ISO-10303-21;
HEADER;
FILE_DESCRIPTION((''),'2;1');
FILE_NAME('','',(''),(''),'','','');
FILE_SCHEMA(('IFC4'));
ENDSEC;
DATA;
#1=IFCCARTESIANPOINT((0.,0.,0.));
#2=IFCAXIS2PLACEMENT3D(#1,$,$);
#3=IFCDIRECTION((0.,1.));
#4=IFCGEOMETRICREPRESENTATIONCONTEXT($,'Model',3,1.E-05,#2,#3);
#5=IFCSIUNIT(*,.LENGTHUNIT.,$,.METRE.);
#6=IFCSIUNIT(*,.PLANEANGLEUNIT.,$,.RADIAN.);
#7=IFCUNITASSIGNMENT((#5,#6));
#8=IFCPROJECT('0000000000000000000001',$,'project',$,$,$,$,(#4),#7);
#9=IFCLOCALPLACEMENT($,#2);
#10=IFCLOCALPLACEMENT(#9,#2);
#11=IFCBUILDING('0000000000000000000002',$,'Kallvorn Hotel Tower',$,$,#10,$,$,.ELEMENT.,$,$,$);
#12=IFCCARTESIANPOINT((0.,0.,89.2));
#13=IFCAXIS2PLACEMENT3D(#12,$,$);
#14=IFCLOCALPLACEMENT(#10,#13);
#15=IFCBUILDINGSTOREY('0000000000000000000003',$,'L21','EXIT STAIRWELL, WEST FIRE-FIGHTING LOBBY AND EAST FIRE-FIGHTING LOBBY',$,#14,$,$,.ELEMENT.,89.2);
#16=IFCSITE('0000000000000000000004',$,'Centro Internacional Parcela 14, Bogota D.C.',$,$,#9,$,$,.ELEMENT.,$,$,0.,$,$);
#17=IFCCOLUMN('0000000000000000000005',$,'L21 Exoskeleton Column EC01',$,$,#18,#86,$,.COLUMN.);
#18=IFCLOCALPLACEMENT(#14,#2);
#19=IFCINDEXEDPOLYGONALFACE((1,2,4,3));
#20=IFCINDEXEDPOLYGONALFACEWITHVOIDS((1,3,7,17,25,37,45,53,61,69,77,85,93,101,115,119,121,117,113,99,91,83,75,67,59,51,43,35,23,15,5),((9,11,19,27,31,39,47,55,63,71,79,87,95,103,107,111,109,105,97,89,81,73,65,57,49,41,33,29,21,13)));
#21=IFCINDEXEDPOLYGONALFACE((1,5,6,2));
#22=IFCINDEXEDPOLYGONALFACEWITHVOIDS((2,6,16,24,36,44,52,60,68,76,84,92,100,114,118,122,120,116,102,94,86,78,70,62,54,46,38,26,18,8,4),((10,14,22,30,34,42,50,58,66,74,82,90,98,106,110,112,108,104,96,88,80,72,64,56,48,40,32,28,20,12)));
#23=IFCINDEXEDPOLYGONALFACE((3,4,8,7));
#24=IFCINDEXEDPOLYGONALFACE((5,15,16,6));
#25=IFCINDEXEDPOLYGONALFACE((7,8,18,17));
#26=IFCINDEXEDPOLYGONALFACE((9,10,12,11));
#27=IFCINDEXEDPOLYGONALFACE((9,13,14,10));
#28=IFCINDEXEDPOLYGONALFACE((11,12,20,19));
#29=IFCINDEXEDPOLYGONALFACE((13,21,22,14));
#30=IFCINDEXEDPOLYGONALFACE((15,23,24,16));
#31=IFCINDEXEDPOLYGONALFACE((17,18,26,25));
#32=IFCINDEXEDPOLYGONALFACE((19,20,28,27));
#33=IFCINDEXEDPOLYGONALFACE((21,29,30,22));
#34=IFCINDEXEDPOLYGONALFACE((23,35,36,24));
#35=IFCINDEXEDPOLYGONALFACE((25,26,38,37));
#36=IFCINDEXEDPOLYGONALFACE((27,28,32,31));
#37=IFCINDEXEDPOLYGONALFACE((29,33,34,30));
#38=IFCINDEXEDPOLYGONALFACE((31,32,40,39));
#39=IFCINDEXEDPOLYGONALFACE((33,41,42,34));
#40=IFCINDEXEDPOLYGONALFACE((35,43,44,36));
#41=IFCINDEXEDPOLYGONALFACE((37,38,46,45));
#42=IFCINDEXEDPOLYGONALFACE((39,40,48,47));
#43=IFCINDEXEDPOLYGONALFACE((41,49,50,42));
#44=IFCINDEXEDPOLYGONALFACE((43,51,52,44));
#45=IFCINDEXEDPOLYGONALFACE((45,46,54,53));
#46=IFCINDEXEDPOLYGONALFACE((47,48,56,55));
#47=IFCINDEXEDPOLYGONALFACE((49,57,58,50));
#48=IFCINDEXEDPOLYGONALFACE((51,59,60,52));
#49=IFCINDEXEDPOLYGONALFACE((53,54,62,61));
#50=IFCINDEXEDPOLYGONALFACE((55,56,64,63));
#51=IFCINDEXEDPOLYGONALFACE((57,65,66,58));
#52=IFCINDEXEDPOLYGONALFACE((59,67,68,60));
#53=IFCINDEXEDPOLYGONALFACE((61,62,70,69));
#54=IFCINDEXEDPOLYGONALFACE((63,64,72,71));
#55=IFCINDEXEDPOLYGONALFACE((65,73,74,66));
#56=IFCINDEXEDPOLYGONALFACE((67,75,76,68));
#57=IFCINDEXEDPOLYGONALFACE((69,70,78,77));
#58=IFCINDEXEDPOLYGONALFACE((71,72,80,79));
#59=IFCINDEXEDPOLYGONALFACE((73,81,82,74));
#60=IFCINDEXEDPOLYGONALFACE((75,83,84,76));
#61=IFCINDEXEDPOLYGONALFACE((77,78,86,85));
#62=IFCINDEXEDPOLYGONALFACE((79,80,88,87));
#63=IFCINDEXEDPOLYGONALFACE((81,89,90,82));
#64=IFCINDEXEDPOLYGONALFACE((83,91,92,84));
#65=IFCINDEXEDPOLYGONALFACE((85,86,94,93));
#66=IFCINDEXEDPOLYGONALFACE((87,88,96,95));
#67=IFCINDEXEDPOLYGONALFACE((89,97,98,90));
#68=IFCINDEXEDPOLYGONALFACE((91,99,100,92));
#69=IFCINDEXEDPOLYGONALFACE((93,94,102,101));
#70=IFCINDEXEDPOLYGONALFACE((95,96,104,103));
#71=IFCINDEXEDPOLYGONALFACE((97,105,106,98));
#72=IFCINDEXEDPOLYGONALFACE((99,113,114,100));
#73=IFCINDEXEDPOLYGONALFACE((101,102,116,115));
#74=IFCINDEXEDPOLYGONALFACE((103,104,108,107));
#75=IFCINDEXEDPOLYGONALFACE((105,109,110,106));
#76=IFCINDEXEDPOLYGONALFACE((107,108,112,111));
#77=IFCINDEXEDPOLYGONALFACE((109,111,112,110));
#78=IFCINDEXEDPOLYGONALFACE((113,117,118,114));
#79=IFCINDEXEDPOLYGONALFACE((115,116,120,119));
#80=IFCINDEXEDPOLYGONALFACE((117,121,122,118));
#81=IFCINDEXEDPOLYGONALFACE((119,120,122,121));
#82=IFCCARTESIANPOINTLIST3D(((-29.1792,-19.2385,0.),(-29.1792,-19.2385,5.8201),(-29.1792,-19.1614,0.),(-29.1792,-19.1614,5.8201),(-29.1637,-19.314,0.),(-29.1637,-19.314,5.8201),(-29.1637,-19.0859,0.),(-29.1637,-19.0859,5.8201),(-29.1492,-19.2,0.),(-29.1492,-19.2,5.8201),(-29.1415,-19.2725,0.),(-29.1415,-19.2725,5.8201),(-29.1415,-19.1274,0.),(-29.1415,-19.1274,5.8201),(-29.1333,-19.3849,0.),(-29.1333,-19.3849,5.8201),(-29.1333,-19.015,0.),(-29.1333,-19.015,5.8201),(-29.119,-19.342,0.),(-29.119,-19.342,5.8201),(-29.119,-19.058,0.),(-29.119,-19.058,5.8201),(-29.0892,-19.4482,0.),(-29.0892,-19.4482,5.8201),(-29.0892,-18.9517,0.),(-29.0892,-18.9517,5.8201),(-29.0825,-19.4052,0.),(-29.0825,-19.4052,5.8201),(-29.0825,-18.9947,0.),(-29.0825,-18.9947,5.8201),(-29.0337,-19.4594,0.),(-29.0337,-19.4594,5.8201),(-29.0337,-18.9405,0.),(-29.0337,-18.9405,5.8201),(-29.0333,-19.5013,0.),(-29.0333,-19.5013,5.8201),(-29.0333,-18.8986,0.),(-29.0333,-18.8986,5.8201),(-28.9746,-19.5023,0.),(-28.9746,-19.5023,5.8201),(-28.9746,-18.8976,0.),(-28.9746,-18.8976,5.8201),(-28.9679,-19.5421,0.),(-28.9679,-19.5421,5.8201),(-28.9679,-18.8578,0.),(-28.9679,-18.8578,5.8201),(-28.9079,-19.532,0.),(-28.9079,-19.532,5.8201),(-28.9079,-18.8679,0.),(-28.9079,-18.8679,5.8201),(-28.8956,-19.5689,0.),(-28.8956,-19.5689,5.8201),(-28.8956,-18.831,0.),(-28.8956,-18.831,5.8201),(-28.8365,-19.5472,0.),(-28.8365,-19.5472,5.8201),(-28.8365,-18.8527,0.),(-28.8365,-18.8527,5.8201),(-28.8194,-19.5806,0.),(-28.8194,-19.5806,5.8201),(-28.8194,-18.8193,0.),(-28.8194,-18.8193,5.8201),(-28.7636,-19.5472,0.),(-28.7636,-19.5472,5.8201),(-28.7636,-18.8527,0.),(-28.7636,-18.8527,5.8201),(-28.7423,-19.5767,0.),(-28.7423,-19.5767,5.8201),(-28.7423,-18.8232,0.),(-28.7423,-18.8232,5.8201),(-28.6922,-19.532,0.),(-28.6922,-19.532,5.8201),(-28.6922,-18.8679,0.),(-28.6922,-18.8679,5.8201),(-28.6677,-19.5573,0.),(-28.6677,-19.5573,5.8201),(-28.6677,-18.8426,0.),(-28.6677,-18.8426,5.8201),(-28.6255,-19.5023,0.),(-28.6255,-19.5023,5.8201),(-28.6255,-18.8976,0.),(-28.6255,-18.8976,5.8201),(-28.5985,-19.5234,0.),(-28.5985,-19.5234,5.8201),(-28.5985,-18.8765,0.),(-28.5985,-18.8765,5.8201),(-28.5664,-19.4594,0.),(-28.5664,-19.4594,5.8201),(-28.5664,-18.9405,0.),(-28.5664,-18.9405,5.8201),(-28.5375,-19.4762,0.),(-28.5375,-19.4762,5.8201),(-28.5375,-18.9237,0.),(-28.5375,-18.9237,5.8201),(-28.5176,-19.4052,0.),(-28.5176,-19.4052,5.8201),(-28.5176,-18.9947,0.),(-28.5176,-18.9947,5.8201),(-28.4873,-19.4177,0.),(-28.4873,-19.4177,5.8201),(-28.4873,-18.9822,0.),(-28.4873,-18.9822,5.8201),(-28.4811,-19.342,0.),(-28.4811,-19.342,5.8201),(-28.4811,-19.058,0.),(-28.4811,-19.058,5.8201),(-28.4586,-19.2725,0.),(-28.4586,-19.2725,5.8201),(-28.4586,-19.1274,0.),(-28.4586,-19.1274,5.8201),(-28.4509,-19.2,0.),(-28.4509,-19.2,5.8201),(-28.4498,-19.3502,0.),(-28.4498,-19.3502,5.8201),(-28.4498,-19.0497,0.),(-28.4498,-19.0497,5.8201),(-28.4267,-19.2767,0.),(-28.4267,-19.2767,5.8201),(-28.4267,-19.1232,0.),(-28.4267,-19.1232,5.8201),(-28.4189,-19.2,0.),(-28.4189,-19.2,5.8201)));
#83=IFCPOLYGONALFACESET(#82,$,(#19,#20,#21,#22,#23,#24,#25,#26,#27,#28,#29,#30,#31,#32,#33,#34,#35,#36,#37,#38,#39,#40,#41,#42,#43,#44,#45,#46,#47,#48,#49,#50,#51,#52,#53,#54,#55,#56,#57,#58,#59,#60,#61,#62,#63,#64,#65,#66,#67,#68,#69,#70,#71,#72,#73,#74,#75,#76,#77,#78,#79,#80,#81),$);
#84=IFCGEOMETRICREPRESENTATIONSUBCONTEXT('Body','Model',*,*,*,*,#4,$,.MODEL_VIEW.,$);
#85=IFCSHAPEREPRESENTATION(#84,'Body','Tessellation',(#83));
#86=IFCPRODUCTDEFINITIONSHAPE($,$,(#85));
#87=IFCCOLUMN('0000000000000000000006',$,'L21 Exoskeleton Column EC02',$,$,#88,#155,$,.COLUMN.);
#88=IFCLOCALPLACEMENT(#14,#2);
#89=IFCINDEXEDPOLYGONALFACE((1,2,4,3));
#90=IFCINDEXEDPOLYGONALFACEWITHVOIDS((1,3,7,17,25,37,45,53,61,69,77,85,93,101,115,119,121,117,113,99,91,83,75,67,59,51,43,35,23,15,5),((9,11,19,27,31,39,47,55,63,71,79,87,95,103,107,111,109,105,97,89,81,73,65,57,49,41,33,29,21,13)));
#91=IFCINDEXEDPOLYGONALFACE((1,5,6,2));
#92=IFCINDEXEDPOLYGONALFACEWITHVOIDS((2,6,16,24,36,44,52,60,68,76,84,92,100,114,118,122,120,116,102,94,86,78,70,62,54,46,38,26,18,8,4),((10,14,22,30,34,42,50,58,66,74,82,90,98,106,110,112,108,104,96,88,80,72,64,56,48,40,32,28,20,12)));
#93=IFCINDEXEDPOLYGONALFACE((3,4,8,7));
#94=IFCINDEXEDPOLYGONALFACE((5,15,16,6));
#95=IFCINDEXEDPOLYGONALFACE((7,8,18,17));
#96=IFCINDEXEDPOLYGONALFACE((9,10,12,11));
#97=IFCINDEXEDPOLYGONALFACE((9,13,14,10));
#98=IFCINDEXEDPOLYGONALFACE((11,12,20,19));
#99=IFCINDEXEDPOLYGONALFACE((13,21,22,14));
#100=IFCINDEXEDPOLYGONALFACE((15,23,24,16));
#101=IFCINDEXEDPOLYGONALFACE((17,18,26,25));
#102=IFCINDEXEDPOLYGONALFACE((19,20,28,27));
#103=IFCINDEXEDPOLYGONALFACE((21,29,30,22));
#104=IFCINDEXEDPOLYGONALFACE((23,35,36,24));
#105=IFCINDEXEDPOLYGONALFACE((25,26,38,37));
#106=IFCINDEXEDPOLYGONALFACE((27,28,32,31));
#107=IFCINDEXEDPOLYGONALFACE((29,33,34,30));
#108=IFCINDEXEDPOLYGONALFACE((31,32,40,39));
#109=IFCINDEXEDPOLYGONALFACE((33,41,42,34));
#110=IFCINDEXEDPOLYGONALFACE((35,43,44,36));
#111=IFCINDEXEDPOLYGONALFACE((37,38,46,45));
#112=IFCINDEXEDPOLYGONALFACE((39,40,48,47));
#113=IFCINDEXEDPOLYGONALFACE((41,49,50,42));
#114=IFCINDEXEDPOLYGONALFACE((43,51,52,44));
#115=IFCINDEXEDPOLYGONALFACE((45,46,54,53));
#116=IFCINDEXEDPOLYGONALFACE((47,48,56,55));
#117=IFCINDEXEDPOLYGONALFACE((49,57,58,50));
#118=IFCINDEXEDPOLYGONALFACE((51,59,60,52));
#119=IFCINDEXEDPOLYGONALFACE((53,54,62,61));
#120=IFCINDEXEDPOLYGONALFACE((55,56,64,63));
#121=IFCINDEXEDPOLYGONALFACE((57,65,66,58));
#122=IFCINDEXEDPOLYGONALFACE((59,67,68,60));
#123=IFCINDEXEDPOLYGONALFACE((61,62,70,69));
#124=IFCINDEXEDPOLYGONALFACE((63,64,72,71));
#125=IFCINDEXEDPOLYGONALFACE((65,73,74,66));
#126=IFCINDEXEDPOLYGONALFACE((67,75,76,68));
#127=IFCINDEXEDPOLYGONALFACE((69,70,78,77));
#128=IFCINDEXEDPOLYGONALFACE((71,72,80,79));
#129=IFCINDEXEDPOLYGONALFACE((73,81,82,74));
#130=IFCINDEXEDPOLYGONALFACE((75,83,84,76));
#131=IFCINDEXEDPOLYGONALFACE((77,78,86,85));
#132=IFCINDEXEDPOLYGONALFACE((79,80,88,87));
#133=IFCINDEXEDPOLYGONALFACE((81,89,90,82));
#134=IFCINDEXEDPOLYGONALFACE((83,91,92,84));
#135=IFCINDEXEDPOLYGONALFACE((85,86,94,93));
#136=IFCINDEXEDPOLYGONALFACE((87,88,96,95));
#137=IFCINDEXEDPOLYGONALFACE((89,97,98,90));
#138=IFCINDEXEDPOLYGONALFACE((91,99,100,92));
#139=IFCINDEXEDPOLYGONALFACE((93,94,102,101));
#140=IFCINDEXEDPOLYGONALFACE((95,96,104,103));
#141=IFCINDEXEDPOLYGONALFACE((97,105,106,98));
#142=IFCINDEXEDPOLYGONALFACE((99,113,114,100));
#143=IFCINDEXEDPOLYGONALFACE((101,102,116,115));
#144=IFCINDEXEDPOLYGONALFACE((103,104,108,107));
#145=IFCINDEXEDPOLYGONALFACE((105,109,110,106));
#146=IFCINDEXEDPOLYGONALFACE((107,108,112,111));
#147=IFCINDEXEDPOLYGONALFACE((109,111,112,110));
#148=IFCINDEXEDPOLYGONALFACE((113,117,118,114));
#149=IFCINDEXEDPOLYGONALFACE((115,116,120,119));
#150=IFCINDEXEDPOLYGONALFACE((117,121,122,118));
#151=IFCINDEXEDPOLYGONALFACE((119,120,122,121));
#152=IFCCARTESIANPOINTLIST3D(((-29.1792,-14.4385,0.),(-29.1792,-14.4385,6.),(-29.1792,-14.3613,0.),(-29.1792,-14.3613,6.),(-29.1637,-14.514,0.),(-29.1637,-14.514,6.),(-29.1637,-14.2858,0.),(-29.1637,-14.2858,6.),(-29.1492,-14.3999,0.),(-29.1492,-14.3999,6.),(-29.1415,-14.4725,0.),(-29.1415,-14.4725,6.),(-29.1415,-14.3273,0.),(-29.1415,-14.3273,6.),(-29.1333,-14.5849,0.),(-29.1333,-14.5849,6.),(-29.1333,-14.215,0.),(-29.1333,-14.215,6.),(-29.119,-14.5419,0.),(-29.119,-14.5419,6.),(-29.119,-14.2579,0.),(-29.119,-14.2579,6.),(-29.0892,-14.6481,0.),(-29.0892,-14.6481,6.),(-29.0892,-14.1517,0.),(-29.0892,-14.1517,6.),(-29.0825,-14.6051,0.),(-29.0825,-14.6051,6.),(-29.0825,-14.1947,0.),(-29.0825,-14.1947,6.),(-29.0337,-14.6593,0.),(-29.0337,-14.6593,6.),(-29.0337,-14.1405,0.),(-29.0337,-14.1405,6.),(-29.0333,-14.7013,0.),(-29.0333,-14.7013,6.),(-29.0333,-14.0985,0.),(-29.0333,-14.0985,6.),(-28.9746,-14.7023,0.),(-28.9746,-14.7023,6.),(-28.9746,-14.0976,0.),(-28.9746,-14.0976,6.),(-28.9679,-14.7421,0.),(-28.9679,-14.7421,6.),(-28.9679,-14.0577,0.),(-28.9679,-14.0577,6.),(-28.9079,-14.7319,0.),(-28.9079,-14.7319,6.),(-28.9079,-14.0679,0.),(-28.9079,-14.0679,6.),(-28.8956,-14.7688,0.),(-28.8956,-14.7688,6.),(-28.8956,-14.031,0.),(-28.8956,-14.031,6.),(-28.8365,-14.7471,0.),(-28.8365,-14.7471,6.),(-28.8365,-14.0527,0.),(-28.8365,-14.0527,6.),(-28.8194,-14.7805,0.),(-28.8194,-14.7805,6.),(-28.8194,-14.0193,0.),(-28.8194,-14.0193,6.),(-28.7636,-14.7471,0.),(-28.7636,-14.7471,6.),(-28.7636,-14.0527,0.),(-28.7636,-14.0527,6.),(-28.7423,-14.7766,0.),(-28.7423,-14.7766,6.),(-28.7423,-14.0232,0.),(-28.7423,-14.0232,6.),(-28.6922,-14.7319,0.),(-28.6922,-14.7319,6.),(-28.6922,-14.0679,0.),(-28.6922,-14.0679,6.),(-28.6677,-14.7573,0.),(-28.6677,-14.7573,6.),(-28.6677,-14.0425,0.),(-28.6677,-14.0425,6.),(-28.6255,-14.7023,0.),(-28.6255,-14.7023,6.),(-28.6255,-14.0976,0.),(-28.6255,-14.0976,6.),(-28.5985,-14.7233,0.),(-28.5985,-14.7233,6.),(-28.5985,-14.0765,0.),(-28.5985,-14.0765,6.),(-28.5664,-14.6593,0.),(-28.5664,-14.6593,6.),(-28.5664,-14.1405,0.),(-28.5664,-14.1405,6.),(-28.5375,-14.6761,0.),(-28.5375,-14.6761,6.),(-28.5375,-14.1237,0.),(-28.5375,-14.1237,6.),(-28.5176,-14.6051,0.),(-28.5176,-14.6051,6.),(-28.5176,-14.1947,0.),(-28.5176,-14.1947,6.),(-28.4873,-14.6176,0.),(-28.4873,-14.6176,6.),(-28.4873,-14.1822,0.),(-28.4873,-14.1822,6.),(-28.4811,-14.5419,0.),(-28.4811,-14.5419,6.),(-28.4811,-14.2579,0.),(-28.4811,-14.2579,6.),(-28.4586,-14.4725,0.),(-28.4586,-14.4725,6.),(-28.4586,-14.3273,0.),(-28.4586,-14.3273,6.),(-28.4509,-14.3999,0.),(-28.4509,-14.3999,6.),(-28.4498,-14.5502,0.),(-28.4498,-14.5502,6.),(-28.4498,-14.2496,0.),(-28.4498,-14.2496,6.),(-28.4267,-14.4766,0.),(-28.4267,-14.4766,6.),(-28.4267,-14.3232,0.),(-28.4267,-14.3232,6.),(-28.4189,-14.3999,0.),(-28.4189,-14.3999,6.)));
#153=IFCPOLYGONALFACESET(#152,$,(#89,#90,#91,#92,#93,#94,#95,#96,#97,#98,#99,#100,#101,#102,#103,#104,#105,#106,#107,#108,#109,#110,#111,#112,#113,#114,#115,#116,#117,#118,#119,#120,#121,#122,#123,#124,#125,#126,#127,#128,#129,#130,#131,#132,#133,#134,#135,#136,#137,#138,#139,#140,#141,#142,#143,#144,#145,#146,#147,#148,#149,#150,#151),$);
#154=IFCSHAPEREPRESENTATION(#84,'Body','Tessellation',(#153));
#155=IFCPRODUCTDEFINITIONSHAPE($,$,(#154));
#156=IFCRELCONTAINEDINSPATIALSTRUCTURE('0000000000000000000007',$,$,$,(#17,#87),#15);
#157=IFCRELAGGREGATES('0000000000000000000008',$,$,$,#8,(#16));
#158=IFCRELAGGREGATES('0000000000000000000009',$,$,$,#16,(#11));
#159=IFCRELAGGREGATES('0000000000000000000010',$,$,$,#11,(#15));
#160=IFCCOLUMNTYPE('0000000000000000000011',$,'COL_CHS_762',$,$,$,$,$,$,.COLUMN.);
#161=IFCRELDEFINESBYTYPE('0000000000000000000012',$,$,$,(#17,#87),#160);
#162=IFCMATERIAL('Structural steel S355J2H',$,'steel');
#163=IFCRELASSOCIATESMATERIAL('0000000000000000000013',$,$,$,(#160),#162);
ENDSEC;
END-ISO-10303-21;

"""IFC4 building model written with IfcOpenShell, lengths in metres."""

from ifc_helpers import new_model, si_unit, direction, frame, origin, origin_2d, place, context, subcontext, project, spatial, hollow_circle, extrude, material, material_profile, profile_set, type_object, element, save


model = new_model("IFC4")

# Units and contexts
model_context = context("Model", 3, precision=1e-05, world=origin(), true_north=direction((0.0, 1.0)))
body_context = subcontext(model_context, "Body", "Model", "MODEL_VIEW")
ifc_project = project(units=[si_unit("LENGTHUNIT", "METRE"), si_unit("PLANEANGLEUNIT", "RADIAN")], contexts=[model_context])

# Site, building, storey
site_placement = place(None, origin())
site = spatial("IfcSite", under=ifc_project, at=site_placement, Name="Centro Internacional Parcela 14, Bogota D.C.", CompositionType="ELEMENT", RefElevation=0.0)
building_placement = place(site_placement, origin())
building = spatial("IfcBuilding", under=site, at=building_placement, Name="Kallvorn Hotel Tower", CompositionType="ELEMENT")
storey_placement = place(building_placement, frame((0.0, 0.0, 89.2)))
storey = spatial("IfcBuildingStorey", under=building, at=storey_placement, Name="L21", Description="EXIT STAIRWELL, WEST FIRE-FIGHTING LOBBY AND EAST FIRE-FIGHTING LOBBY", CompositionType="ELEMENT", Elevation=89.2)

# Columns
ifc_material_1 = material(Name="Structural steel S355J2H", Category="steel")
ifc_material_profile_1 = material_profile(ifc_material_1, hollow_circle(Radius=0.3811, WallThickness=0.032, at=origin_2d()), Name="CHS 762x32")
ifc_profile_set_1 = profile_set([ifc_material_profile_1], Name="Structural steel S355J2H")
column_type_1 = type_object("IfcColumnType", Name="COL_CHS_762", PredefinedType="COLUMN", material=ifc_profile_set_1)
column_1_placement = place(storey_placement, frame((-28.8, -19.2, 0.0), z_axis=(0.0, 0.0, 1.0), x_axis=(1.0, 0.0, 0.0)))
element("IfcColumn", 1, at=column_1_placement, inside=storey, type_object=column_type_1, Name="L21 Exoskeleton Column EC01", PredefinedType="COLUMN", context=body_context, shape_type="SweptSolid", body=[
    extrude(hollow_circle(Radius=0.3811, WallThickness=0.032, at=origin_2d()), origin(), (0.0, 0.0, 1.0), 5.8201),
])
for number, where, z_axis, x_axis, name in (
    (2, (-28.8, -14.3999, 0.0), (0.0, 0.0, 1.0), (1.0, 0.0, 0.0), "L21 Exoskeleton Column EC02"),
):
    element("IfcColumn", number, at=place(storey_placement, frame(where, z_axis=z_axis, x_axis=x_axis)), inside=storey, type_object=column_type_1, Name=name, PredefinedType="COLUMN", context=body_context, shape_type="SweptSolid", body=[
        extrude(hollow_circle(Radius=0.3811, WallThickness=0.032, at=origin_2d()), origin(), (0.0, 0.0, 1.0), 6.0),
    ])

save(model, "model.ifc")
